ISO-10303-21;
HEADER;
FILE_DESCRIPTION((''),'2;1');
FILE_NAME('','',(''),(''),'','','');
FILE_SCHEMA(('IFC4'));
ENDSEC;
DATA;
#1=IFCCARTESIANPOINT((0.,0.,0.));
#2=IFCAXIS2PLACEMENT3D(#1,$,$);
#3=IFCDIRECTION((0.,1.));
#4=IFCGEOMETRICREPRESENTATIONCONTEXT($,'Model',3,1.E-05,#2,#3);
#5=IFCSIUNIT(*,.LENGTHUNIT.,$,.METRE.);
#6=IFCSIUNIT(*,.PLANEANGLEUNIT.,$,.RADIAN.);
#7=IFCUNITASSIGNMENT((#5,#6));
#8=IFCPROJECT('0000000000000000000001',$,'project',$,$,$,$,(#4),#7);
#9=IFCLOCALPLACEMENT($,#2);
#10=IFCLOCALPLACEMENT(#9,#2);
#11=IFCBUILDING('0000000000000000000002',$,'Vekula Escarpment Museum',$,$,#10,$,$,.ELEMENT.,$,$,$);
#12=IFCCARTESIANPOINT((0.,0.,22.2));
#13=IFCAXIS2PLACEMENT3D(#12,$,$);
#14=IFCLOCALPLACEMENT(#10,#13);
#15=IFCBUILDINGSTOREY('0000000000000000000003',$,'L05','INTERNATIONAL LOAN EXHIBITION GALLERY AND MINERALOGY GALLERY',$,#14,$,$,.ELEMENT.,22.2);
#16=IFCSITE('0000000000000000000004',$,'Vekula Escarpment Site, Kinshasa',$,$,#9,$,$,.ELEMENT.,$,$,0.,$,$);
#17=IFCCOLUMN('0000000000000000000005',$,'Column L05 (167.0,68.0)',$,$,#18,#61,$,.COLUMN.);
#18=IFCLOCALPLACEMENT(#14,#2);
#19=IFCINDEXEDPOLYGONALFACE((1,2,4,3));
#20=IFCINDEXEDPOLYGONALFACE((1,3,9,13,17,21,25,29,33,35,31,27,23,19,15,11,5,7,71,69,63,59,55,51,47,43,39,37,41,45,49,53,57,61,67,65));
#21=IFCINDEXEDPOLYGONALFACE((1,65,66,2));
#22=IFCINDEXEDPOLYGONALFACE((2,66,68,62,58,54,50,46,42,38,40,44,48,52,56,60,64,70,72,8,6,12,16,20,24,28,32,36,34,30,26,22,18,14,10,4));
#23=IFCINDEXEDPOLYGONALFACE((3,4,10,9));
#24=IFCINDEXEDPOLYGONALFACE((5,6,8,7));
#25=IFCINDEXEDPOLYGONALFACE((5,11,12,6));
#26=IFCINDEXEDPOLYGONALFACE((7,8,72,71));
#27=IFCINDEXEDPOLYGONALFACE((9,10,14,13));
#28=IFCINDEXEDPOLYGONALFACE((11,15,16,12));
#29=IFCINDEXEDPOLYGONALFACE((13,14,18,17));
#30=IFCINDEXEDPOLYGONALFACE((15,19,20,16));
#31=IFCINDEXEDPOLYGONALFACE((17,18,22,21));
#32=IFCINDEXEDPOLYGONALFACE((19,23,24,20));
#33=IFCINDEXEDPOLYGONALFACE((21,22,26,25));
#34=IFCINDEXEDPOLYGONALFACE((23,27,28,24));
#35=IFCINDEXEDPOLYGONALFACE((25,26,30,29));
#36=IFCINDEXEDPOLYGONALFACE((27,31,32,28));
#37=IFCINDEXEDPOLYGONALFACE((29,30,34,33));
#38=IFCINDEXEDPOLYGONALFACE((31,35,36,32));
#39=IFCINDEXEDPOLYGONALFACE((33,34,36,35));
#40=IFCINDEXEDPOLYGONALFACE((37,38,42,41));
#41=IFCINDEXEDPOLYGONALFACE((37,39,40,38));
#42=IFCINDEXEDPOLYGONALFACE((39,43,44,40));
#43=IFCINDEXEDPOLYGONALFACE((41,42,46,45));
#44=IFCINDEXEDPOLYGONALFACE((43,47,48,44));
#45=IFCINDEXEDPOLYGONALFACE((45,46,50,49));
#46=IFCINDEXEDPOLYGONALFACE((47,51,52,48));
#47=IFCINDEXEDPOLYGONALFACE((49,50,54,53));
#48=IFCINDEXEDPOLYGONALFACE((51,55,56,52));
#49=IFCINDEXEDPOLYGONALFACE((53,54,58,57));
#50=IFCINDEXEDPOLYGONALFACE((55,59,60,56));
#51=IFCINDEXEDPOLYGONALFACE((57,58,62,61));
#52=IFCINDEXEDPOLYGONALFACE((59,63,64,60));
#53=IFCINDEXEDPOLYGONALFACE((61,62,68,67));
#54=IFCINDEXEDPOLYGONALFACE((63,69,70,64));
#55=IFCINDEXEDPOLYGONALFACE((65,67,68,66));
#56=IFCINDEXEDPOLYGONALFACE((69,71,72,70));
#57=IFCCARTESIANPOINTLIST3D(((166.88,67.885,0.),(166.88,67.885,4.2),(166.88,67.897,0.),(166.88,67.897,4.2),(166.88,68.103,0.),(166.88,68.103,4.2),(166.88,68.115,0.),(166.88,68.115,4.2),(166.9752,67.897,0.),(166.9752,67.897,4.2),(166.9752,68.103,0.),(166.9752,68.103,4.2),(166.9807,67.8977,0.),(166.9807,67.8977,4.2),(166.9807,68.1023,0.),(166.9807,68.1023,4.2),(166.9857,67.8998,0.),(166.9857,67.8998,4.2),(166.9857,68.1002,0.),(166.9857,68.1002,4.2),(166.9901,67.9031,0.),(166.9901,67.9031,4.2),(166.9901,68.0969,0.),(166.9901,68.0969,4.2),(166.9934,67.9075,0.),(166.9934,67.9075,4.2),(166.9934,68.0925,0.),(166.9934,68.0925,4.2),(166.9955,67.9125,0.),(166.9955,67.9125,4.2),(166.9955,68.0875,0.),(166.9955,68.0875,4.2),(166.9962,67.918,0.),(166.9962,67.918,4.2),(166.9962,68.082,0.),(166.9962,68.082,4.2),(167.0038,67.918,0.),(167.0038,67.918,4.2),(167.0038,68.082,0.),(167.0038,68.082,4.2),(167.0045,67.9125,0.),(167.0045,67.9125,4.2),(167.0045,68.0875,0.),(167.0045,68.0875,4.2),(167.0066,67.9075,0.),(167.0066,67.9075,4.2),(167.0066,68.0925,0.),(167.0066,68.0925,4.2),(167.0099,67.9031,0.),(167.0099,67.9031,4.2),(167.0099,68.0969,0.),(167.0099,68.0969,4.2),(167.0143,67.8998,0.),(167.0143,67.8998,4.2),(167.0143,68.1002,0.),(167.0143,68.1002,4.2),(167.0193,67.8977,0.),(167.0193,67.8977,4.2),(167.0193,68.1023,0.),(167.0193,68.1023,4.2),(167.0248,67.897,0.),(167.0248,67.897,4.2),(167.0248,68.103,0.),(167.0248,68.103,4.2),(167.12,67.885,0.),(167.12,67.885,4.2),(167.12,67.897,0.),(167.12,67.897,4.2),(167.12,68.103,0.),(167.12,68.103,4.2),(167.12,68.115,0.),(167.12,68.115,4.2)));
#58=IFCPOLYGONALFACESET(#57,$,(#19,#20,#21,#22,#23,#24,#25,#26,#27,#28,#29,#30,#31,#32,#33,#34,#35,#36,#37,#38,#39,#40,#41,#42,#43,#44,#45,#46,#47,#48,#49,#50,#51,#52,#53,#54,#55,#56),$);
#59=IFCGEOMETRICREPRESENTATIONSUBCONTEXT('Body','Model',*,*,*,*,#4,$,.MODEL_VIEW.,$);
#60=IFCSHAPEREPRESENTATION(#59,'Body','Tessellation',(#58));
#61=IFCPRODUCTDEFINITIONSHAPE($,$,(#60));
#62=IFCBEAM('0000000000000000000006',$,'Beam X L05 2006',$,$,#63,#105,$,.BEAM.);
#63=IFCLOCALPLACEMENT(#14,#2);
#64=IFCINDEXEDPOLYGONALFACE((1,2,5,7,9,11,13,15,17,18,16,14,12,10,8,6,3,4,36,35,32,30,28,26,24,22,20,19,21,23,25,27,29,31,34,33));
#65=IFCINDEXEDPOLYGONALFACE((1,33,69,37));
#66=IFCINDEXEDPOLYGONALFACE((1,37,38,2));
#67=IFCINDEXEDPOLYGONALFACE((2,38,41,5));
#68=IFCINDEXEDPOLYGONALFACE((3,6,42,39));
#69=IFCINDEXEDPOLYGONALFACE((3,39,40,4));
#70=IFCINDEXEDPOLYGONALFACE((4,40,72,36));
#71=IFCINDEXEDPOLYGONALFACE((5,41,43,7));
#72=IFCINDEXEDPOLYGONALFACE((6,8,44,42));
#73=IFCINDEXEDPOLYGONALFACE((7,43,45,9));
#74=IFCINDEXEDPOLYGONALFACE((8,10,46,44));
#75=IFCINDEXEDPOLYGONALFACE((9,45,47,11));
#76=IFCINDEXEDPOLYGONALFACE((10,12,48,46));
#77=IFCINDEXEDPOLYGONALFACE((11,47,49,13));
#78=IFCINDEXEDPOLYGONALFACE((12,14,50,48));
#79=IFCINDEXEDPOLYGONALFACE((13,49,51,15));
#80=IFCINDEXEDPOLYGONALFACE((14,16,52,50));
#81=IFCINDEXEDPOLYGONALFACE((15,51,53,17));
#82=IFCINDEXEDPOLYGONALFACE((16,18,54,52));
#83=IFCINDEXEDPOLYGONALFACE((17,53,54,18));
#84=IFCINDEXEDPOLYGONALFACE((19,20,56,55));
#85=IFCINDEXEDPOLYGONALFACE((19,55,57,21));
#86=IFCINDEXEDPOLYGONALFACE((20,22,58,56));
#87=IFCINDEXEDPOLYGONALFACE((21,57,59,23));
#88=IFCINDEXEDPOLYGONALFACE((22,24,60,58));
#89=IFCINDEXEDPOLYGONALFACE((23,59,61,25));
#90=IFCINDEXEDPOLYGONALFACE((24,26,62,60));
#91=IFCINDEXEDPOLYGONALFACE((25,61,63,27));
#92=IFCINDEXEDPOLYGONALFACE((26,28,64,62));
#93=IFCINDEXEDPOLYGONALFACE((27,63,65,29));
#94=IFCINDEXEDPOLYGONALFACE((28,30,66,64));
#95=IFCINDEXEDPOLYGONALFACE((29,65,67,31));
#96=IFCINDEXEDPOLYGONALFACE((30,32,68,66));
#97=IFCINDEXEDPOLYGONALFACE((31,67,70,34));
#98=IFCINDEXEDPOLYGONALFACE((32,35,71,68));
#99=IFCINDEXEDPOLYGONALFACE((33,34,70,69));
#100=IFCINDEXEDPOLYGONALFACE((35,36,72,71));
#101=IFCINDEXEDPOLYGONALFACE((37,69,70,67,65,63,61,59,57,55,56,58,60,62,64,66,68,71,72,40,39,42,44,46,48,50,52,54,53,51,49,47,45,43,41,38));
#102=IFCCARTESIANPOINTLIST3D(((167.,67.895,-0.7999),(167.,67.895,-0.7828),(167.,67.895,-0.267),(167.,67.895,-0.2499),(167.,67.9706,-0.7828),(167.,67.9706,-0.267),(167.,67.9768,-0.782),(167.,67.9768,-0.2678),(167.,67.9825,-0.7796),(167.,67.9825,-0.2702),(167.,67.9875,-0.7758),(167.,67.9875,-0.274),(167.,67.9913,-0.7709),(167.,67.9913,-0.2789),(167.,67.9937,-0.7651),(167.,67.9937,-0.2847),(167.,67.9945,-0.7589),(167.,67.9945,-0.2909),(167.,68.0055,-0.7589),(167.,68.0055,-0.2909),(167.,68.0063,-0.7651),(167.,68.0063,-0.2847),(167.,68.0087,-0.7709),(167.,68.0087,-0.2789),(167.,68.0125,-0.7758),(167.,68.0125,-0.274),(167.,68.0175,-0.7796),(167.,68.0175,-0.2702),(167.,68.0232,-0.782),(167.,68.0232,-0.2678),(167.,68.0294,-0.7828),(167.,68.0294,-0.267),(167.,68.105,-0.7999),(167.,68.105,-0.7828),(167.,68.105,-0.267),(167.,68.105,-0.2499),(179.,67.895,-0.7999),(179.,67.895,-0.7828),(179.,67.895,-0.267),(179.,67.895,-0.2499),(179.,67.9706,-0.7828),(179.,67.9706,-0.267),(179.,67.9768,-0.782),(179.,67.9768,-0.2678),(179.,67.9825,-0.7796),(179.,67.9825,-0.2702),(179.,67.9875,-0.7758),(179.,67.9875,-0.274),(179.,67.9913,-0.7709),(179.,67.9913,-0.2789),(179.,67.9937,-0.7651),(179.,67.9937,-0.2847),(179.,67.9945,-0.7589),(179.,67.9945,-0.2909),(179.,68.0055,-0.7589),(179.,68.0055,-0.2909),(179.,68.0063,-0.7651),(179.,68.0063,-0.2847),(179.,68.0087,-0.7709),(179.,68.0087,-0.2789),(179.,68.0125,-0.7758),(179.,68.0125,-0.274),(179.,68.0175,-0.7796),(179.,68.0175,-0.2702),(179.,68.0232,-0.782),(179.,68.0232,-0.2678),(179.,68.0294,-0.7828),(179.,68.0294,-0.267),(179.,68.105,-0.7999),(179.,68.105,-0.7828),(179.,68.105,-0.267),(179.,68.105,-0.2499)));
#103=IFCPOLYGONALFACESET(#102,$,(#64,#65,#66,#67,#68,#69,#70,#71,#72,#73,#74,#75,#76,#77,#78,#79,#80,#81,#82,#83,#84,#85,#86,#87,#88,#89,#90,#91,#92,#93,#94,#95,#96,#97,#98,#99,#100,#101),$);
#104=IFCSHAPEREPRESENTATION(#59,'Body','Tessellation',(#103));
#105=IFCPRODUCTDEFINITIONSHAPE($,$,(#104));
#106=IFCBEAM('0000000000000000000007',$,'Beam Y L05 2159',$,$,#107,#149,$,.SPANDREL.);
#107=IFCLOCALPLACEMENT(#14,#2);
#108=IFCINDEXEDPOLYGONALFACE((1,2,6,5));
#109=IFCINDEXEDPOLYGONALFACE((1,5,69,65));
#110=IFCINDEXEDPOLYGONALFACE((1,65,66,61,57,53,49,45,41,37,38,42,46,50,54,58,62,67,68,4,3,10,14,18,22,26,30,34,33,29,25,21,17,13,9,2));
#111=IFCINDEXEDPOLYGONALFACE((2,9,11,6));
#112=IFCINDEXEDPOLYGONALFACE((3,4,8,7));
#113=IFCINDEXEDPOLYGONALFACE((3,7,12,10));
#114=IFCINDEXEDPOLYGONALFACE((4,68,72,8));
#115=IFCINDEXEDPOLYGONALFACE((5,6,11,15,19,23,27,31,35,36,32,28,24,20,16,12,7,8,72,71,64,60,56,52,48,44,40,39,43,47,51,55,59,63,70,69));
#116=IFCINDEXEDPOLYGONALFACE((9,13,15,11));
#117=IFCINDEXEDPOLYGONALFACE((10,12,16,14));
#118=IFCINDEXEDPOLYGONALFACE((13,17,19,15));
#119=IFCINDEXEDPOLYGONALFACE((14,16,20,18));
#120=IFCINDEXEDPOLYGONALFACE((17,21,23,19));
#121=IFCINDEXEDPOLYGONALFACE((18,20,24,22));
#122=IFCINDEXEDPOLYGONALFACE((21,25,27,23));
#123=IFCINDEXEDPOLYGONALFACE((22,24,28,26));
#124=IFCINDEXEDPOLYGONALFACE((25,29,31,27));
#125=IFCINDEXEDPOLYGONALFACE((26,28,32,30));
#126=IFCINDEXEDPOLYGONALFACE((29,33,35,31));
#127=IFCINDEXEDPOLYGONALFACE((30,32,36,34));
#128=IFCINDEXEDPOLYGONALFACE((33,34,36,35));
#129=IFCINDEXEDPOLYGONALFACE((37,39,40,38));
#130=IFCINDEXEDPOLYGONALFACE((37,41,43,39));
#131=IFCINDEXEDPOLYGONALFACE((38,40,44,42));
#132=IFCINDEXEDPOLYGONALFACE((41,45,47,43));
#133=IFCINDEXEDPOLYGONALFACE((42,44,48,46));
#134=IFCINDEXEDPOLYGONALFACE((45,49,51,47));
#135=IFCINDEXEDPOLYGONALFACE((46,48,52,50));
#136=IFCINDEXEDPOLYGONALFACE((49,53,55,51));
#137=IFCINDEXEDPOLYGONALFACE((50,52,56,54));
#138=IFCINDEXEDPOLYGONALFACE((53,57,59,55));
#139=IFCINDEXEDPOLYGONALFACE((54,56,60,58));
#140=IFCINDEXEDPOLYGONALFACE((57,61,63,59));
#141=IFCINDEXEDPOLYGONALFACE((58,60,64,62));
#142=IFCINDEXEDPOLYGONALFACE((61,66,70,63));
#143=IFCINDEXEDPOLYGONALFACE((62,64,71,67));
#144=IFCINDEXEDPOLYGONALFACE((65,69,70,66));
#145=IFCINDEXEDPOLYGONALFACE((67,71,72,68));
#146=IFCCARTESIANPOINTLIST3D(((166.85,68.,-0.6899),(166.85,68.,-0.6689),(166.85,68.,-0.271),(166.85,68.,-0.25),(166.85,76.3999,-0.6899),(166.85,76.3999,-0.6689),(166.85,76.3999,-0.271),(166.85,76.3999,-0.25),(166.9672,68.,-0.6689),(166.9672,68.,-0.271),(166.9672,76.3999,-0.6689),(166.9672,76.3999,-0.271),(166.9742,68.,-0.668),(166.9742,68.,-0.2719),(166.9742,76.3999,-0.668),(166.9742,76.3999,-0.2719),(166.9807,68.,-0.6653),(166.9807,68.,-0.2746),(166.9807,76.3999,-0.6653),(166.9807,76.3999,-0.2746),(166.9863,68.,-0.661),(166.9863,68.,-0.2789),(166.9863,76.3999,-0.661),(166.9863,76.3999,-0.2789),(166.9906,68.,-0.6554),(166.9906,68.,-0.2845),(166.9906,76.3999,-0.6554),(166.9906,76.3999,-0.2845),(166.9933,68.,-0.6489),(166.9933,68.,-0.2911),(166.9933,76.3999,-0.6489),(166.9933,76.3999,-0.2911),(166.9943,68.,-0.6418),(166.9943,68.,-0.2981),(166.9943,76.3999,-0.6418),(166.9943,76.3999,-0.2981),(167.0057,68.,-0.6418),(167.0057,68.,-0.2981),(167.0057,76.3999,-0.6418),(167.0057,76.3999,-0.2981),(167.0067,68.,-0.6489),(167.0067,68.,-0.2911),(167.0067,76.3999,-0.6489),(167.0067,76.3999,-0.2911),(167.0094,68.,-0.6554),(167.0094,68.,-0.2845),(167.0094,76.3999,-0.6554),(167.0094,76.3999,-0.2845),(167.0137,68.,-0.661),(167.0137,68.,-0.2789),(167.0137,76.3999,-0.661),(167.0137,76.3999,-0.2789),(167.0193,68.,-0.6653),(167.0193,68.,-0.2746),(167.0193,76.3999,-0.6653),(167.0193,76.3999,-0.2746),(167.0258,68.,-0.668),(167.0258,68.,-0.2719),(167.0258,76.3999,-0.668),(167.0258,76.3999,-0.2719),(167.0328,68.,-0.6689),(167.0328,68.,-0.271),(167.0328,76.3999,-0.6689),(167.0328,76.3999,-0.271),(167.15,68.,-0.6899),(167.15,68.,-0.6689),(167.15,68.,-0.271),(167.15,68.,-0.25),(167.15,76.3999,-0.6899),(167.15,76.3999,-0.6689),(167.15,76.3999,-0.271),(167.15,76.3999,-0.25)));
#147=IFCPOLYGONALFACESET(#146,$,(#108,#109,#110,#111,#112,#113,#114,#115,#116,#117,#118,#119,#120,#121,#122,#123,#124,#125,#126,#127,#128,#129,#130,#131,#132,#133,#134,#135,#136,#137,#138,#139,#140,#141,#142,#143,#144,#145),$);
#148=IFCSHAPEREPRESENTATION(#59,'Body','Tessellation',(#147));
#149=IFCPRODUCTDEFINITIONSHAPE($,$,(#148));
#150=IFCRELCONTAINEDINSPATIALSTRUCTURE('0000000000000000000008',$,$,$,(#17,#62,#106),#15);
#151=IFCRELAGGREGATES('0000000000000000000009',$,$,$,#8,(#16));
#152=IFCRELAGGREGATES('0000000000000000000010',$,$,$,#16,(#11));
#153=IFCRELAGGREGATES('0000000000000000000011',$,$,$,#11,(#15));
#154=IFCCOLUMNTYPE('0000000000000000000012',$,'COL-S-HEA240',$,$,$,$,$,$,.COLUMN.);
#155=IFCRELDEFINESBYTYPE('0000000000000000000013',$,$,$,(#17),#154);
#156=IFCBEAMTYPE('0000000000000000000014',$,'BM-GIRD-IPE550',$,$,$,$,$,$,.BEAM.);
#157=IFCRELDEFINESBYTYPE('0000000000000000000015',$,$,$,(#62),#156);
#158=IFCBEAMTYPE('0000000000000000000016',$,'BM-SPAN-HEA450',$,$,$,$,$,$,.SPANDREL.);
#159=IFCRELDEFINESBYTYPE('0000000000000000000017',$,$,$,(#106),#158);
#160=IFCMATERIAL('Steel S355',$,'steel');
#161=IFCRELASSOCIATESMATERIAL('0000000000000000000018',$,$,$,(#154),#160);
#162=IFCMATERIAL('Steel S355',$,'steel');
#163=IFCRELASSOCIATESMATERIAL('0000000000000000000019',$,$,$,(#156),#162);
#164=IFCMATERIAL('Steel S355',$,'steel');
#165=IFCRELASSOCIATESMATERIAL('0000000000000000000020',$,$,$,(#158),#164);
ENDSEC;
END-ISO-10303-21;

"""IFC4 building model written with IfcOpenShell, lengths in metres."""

from ifc_helpers import new_model, si_unit, direction, frame, origin, origin_2d, place, context, subcontext, project, spatial, i_section, extrude, material, material_profile, profile_set, type_object, element, save


model = new_model("IFC4")

# Units and contexts
model_context = context("Model", 3, precision=1e-05, world=origin(), true_north=direction((0.0, 1.0)))
body_context = subcontext(model_context, "Body", "Model", "MODEL_VIEW")
ifc_project = project(units=[si_unit("LENGTHUNIT", "METRE"), si_unit("PLANEANGLEUNIT", "RADIAN")], contexts=[model_context])

# Site, building, storey
site_placement = place(None, origin())
site = spatial("IfcSite", under=ifc_project, at=site_placement, Name="Vekula Escarpment Site, Kinshasa", CompositionType="ELEMENT", RefElevation=0.0)
building_placement = place(site_placement, origin())
building = spatial("IfcBuilding", under=site, at=building_placement, Name="Vekula Escarpment Museum", CompositionType="ELEMENT")
storey_placement = place(building_placement, frame((0.0, 0.0, 22.2)))
storey = spatial("IfcBuildingStorey", under=building, at=storey_placement, Name="L05", Description="INTERNATIONAL LOAN EXHIBITION GALLERY AND MINERALOGY GALLERY", CompositionType="ELEMENT", Elevation=22.2)

# Column
ifc_material_1 = material(Name="Steel S355", Category="steel")
ifc_material_profile_1 = material_profile(ifc_material_1, i_section(OverallWidth=0.24, OverallDepth=0.23, WebThickness=0.0076, FlangeThickness=0.012, FilletRadius=0.021, at=origin_2d()), Name="HEA 240")
ifc_profile_set_1 = profile_set([ifc_material_profile_1], Name="Steel S355")
column_type = type_object("IfcColumnType", Name="COL-S-HEA240", PredefinedType="COLUMN", material=ifc_profile_set_1)
column_placement = place(storey_placement, frame((167.0, 68.0, 0.0), z_axis=(0.0, 0.0, 1.0), x_axis=(1.0, 0.0, 0.0)))
element("IfcColumn", 1, at=column_placement, inside=storey, type_object=column_type, Name="Column L05 (167.0,68.0)", PredefinedType="COLUMN", context=body_context, shape_type="SweptSolid", body=[
    extrude(i_section(OverallWidth=0.24, OverallDepth=0.23, WebThickness=0.0076, FlangeThickness=0.012, FilletRadius=0.021, at=origin_2d()), origin(), (0.0, 0.0, 1.0), 4.2),
])

# Beams
ifc_material_2 = material(Name="Steel S355", Category="steel")
ifc_material_profile_2 = material_profile(ifc_material_2, i_section(OverallWidth=0.21, OverallDepth=0.55, WebThickness=0.011, FlangeThickness=0.0171, FilletRadius=0.0239, at=origin_2d()), Name="IPE 550")
ifc_profile_set_2 = profile_set([ifc_material_profile_2], Name="Steel S355")
beam_type_1 = type_object("IfcBeamType", Name="BM-GIRD-IPE550", PredefinedType="BEAM", material=ifc_profile_set_2)
beam_1_placement = place(storey_placement, frame((167.0, 68.0, -0.5249), z_axis=(1.0, 0.0, 0.0), x_axis=(0.0, 1.0, 0.0)))
element("IfcBeam", 2, at=beam_1_placement, inside=storey, type_object=beam_type_1, Name="Beam X L05 2006", PredefinedType="BEAM", context=body_context, shape_type="SweptSolid", body=[
    extrude(i_section(OverallWidth=0.21, OverallDepth=0.55, WebThickness=0.011, FlangeThickness=0.0171, FilletRadius=0.0239, at=origin_2d()), origin(), (0.0, 0.0, 1.0), 12.0),
])
ifc_material_3 = material(Name="Steel S355", Category="steel")
ifc_material_profile_3 = material_profile(ifc_material_3, i_section(OverallWidth=0.3, OverallDepth=0.4399, WebThickness=0.0115, FlangeThickness=0.021, FilletRadius=0.0271, at=origin_2d()), Name="HEA 450")
ifc_profile_set_3 = profile_set([ifc_material_profile_3], Name="Steel S355")
beam_type_2 = type_object("IfcBeamType", Name="BM-SPAN-HEA450", PredefinedType="SPANDREL", material=ifc_profile_set_3)
beam_2_placement = place(storey_placement, frame((167.0, 68.0, -0.47), z_axis=(0.0, 1.0, 0.0), x_axis=(-1.0, 0.0, 0.0)))
element("IfcBeam", 3, at=beam_2_placement, inside=storey, type_object=beam_type_2, Name="Beam Y L05 2159", PredefinedType="SPANDREL", context=body_context, shape_type="SweptSolid", body=[
    extrude(i_section(OverallWidth=0.3, OverallDepth=0.4399, WebThickness=0.0115, FlangeThickness=0.021, FilletRadius=0.0271, at=origin_2d()), origin(), (0.0, 0.0, 1.0), 8.3999),
])

save(model, "model.ifc")
